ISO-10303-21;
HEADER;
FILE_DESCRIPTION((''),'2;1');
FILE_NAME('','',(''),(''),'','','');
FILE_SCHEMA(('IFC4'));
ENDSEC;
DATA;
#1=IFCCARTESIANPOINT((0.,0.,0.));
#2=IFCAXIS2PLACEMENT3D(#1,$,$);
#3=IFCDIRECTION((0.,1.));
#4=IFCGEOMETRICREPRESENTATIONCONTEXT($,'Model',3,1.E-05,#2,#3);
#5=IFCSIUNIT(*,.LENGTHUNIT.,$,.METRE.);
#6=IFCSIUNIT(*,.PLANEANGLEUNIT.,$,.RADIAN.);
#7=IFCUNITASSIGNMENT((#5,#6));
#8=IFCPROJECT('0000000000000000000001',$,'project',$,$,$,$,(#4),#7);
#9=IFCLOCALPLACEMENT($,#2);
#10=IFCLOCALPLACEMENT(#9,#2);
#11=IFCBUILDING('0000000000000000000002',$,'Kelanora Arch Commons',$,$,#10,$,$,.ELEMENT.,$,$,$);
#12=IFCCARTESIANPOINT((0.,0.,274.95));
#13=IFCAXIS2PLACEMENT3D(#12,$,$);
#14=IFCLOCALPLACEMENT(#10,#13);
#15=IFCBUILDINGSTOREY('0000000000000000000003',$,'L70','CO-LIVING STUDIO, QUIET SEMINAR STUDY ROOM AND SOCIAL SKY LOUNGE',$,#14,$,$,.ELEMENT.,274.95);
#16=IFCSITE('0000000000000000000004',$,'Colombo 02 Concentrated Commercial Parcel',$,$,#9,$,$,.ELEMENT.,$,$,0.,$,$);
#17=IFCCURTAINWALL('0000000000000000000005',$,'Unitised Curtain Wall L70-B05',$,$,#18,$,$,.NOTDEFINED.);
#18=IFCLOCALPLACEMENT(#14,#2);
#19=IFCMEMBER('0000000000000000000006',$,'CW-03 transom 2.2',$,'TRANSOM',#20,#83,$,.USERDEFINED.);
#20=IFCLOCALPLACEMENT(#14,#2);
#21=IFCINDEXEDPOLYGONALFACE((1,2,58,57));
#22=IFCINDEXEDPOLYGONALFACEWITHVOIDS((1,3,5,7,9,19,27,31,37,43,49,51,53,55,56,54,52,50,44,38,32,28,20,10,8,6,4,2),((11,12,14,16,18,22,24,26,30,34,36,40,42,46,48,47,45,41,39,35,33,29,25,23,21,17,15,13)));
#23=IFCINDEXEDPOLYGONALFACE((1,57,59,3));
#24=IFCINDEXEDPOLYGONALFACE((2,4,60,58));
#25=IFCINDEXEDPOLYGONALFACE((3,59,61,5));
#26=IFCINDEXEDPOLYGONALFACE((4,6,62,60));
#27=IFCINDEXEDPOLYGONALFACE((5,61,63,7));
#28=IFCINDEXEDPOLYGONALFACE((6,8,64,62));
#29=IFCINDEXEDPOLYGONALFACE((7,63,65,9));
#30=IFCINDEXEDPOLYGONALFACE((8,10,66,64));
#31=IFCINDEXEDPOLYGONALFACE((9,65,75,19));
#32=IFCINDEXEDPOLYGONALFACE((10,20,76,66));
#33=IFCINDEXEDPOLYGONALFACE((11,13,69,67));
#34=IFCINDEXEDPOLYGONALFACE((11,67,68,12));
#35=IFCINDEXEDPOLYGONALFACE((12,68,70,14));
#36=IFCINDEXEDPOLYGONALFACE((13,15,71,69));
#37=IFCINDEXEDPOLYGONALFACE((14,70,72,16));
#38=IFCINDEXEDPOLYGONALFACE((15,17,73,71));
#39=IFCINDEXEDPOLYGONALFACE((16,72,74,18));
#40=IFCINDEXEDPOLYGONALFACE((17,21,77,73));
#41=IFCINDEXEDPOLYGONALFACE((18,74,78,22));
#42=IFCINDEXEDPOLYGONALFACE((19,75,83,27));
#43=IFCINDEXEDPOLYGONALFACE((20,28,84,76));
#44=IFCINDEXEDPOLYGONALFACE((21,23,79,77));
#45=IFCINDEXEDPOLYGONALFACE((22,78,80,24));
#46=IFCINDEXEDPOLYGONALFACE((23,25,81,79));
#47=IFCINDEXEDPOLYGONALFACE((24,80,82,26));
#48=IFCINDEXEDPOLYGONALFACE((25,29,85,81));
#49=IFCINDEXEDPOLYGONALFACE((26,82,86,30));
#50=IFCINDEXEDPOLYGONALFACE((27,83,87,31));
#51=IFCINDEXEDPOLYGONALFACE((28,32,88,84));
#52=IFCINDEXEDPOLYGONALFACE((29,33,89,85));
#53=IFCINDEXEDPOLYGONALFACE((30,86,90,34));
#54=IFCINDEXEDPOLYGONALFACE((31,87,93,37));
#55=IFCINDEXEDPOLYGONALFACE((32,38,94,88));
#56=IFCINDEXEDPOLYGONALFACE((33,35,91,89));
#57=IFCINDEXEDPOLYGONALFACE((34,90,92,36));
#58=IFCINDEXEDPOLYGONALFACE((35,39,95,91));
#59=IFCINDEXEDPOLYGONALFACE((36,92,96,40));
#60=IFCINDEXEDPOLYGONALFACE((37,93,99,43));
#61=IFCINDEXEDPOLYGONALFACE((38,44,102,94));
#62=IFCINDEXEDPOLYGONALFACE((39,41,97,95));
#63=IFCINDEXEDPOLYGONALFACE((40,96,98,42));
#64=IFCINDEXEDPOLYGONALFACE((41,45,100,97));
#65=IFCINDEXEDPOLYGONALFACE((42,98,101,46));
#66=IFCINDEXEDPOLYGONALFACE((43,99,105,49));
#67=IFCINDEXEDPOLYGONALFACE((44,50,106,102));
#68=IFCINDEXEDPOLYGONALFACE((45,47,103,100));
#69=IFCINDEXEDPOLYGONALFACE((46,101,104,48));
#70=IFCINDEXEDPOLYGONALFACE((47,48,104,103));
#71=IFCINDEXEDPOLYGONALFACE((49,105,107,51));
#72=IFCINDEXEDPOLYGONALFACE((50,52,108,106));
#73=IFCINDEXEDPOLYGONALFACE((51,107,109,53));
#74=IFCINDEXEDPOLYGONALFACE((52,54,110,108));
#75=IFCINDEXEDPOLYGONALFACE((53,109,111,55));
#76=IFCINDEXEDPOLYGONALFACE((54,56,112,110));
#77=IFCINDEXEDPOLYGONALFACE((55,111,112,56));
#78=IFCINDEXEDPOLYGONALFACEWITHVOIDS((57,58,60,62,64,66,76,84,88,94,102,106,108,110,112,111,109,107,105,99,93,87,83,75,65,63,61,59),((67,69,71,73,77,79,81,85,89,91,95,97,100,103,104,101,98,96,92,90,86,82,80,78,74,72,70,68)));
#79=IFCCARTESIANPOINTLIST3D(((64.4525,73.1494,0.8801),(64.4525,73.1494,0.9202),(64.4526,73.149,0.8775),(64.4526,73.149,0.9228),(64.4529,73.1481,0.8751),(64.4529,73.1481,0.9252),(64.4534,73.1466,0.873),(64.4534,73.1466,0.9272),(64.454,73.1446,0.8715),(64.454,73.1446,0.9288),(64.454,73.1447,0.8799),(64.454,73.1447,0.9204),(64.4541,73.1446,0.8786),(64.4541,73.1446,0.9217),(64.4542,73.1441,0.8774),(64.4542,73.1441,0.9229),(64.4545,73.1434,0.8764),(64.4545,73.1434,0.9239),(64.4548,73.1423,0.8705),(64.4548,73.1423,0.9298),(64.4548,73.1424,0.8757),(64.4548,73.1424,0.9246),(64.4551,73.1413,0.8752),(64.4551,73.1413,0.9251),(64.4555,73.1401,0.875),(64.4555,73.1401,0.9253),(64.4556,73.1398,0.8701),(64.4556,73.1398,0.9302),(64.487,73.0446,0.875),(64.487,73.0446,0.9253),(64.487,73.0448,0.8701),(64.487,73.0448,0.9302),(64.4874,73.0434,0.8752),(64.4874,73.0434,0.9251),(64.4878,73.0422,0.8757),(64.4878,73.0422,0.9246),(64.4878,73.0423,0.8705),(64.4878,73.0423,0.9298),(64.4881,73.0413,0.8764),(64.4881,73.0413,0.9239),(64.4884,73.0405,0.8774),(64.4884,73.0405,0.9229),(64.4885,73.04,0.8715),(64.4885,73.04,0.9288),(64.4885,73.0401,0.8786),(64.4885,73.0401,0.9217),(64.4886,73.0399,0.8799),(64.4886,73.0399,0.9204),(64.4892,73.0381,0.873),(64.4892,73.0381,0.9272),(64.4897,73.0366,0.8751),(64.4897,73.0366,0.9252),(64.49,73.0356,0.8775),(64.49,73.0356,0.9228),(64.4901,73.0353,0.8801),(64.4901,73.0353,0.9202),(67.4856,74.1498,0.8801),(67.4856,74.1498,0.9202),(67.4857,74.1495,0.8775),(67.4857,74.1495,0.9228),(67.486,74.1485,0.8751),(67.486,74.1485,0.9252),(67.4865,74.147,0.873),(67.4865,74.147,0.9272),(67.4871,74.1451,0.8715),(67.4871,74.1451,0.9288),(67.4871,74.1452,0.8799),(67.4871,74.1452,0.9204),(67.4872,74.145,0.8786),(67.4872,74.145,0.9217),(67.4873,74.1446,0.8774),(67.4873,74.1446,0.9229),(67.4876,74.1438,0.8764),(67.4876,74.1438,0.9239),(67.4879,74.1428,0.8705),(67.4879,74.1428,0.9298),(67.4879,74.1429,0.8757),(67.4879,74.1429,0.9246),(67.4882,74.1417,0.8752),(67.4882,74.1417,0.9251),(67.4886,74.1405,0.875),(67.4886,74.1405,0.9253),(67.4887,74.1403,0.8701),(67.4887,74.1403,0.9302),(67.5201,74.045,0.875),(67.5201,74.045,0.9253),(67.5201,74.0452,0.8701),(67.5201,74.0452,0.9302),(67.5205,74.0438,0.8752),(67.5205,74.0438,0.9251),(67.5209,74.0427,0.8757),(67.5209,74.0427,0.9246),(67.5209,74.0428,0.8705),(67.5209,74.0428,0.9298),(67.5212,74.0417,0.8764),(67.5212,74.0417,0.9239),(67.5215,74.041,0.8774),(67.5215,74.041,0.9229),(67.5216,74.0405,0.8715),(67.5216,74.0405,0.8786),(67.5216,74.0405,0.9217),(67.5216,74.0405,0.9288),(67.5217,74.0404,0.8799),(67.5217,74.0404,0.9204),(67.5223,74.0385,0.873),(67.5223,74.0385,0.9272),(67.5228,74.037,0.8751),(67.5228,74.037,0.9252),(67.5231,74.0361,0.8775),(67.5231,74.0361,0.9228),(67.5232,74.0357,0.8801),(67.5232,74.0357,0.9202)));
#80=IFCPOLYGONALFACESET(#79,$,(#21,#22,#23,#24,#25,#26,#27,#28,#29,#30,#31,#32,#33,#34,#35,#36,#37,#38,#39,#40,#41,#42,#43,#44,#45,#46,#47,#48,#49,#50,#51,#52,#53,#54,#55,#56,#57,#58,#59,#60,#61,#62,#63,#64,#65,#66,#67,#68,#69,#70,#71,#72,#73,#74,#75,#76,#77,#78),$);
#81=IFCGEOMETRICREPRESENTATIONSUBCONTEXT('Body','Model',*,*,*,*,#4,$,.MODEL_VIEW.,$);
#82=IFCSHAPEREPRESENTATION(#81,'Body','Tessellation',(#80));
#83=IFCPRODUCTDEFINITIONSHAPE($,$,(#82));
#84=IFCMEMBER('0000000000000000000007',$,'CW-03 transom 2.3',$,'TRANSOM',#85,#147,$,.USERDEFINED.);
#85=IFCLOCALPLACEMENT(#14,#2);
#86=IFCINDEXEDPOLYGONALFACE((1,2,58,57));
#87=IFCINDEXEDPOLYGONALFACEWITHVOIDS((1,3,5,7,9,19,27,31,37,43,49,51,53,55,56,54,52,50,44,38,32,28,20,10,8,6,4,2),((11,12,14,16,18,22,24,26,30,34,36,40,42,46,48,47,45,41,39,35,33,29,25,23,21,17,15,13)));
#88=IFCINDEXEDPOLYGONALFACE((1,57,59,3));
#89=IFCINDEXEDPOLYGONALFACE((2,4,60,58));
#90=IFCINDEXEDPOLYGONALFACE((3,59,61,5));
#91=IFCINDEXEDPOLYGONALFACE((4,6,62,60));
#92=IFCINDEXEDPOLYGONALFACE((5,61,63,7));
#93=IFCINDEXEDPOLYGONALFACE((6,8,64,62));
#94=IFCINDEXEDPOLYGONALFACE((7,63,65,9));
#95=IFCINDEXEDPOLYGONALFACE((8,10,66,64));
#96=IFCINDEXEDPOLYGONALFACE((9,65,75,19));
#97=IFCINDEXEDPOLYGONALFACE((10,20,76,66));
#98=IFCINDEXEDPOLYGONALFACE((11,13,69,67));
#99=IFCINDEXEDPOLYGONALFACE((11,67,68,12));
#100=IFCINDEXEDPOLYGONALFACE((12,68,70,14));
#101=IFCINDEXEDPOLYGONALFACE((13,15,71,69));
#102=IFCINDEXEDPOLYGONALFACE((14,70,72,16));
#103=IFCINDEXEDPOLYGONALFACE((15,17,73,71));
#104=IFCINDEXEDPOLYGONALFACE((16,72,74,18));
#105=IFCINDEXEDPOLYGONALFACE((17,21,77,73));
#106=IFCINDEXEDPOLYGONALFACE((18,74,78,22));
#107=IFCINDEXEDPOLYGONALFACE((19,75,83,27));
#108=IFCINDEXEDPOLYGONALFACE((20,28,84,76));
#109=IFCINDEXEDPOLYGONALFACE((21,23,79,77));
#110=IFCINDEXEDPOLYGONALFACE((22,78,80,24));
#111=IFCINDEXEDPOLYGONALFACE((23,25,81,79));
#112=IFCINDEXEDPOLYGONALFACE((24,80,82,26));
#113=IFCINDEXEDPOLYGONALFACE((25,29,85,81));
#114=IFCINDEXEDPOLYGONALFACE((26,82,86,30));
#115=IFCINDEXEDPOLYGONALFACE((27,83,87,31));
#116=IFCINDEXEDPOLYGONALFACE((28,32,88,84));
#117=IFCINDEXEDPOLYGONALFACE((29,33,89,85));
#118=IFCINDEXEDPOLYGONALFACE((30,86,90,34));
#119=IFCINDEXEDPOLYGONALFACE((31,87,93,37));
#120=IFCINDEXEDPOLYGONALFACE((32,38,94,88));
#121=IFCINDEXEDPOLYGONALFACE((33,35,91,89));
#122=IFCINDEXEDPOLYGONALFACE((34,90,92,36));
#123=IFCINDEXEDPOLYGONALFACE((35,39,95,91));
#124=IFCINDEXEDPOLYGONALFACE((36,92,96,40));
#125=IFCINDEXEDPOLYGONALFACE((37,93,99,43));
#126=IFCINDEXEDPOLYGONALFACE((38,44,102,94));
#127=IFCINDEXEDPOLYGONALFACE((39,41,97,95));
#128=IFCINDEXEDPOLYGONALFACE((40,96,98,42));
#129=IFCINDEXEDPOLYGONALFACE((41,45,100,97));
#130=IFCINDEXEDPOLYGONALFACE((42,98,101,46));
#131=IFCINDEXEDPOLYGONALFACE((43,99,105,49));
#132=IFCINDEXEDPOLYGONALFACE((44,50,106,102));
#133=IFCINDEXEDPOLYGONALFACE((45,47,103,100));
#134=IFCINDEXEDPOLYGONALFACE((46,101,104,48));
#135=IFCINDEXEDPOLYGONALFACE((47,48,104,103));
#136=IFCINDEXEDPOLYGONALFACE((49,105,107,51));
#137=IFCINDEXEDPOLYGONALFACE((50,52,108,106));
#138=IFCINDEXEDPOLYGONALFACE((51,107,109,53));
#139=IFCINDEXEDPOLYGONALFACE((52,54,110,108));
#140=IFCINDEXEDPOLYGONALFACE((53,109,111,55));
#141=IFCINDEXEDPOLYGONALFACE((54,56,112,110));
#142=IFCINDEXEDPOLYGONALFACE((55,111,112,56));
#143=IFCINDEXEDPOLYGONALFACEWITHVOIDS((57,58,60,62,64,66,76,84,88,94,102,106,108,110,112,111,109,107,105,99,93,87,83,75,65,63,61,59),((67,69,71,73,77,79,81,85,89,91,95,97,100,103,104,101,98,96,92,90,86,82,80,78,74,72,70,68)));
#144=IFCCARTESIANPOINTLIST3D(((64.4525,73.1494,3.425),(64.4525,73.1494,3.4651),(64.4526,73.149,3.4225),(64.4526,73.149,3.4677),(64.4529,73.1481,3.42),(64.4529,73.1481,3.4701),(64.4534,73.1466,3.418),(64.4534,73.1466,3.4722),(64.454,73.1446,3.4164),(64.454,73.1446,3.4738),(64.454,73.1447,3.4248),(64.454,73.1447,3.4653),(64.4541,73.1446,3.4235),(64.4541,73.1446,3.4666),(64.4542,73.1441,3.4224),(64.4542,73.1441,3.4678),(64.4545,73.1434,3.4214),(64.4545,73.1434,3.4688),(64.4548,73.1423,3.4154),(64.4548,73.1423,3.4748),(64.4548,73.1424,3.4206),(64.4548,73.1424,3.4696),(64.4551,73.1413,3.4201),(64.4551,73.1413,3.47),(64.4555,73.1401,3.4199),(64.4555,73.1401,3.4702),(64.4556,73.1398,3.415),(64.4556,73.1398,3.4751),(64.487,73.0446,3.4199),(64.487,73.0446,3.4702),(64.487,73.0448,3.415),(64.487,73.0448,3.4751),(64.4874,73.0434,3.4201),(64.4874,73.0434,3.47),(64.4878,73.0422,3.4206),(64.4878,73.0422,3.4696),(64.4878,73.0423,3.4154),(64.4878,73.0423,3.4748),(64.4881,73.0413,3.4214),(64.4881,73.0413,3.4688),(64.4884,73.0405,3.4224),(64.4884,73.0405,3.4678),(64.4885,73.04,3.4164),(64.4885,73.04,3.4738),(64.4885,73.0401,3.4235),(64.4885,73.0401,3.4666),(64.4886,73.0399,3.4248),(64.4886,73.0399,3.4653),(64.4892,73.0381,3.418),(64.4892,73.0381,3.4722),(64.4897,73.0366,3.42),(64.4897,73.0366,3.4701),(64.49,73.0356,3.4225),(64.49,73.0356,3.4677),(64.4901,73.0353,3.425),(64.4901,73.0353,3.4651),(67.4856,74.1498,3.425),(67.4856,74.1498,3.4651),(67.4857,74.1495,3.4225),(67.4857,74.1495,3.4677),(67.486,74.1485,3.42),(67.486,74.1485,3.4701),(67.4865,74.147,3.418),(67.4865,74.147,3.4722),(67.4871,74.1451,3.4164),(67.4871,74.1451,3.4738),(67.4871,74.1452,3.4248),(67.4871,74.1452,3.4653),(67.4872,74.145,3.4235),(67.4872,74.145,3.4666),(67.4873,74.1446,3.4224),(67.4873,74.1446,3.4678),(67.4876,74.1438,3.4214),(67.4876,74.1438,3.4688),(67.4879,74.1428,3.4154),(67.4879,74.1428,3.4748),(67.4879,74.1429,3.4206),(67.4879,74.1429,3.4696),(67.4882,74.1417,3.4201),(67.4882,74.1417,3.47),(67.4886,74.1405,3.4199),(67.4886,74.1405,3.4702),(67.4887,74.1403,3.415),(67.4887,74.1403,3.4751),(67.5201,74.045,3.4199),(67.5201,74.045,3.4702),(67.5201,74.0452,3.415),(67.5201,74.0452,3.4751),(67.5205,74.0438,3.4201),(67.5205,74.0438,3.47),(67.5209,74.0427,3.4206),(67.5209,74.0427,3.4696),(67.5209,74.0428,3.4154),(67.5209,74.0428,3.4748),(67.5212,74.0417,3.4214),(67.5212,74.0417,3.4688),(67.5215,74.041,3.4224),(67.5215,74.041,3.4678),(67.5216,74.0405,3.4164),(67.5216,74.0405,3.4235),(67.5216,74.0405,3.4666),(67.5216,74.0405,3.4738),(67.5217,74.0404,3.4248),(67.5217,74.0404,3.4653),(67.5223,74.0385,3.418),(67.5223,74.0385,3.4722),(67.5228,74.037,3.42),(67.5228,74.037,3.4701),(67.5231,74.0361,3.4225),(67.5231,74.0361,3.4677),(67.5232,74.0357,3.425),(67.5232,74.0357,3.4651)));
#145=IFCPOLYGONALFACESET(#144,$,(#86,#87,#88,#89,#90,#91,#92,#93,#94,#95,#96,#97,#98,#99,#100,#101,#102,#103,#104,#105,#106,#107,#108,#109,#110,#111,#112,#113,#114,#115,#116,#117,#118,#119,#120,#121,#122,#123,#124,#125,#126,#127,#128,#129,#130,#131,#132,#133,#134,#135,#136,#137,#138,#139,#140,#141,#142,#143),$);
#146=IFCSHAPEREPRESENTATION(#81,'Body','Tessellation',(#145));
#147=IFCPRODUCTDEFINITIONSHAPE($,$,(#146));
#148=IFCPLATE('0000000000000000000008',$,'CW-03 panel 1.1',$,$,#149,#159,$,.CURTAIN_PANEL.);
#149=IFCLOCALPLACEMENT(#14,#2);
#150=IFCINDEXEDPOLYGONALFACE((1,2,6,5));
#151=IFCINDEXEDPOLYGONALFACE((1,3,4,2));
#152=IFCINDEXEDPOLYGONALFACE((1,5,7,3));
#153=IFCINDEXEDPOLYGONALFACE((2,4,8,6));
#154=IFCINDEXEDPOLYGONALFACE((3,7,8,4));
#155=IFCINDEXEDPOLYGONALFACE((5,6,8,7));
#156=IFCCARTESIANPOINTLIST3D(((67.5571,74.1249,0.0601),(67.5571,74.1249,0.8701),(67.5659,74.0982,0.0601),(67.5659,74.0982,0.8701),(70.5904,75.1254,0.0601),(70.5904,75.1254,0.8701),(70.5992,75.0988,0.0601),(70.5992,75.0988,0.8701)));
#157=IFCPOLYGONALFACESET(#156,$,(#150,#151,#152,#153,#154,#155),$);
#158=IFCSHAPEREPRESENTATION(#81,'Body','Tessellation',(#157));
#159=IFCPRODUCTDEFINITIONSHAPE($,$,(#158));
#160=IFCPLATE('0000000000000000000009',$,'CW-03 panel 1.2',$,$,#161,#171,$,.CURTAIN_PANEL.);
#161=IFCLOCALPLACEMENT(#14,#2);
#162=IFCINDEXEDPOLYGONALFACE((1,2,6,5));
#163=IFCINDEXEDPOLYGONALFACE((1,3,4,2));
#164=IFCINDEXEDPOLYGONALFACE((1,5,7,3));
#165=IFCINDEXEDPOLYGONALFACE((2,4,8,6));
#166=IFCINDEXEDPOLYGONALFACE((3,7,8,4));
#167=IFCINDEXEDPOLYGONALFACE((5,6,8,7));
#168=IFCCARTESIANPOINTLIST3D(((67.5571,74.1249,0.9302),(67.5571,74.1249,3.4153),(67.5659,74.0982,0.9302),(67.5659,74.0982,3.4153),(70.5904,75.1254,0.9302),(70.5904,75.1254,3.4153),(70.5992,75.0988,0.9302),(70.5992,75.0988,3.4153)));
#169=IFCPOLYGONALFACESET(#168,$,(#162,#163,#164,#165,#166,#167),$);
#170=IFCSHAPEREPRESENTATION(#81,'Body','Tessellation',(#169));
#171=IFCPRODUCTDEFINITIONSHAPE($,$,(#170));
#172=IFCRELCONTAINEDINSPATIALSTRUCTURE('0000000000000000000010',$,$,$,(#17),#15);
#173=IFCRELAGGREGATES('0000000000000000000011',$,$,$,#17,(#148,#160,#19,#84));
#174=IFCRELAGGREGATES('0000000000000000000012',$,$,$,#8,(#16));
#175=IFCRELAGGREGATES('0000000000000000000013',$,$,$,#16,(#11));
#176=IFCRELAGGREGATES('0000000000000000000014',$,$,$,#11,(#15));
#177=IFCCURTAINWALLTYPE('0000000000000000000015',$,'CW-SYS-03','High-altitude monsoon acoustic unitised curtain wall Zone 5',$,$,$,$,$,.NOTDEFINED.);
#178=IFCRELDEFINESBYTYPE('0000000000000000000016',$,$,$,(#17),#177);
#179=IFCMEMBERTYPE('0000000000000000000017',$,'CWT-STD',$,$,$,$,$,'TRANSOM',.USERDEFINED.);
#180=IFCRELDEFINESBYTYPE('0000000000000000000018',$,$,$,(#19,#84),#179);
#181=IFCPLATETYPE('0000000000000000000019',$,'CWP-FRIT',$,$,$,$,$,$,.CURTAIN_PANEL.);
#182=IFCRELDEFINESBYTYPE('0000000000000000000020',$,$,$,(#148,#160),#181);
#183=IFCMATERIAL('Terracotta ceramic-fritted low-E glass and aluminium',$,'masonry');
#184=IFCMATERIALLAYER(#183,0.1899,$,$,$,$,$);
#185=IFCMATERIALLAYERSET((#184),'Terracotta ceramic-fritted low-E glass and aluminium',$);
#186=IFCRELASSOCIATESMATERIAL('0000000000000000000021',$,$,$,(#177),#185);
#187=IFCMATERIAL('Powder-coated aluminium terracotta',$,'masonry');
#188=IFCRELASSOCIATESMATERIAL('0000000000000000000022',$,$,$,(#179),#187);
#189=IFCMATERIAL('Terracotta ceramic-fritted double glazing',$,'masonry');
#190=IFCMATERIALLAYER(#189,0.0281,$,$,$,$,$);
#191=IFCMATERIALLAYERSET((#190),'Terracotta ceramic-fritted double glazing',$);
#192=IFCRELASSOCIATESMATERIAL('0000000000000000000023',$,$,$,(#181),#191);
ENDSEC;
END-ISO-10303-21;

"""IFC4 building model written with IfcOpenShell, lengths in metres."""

from ifc_helpers import new_model, si_unit, direction, frame, origin, origin_2d, place, context, subcontext, project, spatial, rectangle, hollow_rectangle, extrude, source, transform, mapped, material, layer, layer_set, material_profile, profile_set, type_object, element, aggregate, save


model = new_model("IFC4")

# Units and contexts
model_context = context("Model", 3, precision=1e-05, world=origin(), true_north=direction((0.0, 1.0)))
body_context = subcontext(model_context, "Body", "Model", "MODEL_VIEW")
ifc_project = project(units=[si_unit("LENGTHUNIT", "METRE"), si_unit("PLANEANGLEUNIT", "RADIAN")], contexts=[model_context])

# Site, building, storey
site_placement = place(None, origin())
site = spatial("IfcSite", under=ifc_project, at=site_placement, Name="Colombo 02 Concentrated Commercial Parcel", CompositionType="ELEMENT", RefElevation=0.0)
building_placement = place(site_placement, origin())
building = spatial("IfcBuilding", under=site, at=building_placement, Name="Kelanora Arch Commons", CompositionType="ELEMENT")
storey_placement = place(building_placement, frame((0.0, 0.0, 274.95)))
storey = spatial("IfcBuildingStorey", under=building, at=storey_placement, Name="L70", Description="CO-LIVING STUDIO, QUIET SEMINAR STUDY ROOM AND SOCIAL SKY LOUNGE", CompositionType="ELEMENT", Elevation=274.95)

# Curtain wall, members, plates
ifc_material_1 = material(Name="Terracotta ceramic-fritted low-E glass and aluminium", Category="masonry")
ifc_layer_1 = layer(ifc_material_1, 0.1899)
ifc_layer_set_1 = layer_set([ifc_layer_1], Name="Terracotta ceramic-fritted low-E glass and aluminium")
curtain_wall_type = type_object("IfcCurtainWallType", Name="CW-SYS-03", Description="High-altitude monsoon acoustic unitised curtain wall Zone 5", PredefinedType="NOTDEFINED", material=ifc_layer_set_1)
curtain_wall_placement = place(storey_placement, origin())
curtain_wall = element("IfcCurtainWall", 1, at=curtain_wall_placement, inside=storey, type_object=curtain_wall_type, Name="Unitised Curtain Wall L70-B05", PredefinedType="NOTDEFINED")
ifc_material_2 = material(Name="Powder-coated aluminium terracotta", Category="masonry")
ifc_material_profile_1 = material_profile(ifc_material_2, hollow_rectangle(XDim=0.1201, YDim=0.0601, WallThickness=0.0049, InnerFilletRadius=0.0049, OuterFilletRadius=0.01, at=origin_2d()), Name="CWT120x60")
ifc_profile_set_1 = profile_set([ifc_material_profile_1], Name="Powder-coated aluminium terracotta")
member_type_1 = type_object("IfcMemberType", Name="CWT-STD", ElementType="TRANSOM", PredefinedType="USERDEFINED", material=ifc_profile_set_1)
member_1_placement = place(storey_placement, frame((67.5044, 74.0928, 0.9001), z_axis=(-0.949672, -0.313245, 0.0), x_axis=(0.313245, -0.949672, 0.0)))
member_1 = element("IfcMember", 2, at=member_1_placement, type_object=member_type_1, Name="CW-03 transom 2.2", ObjectType="TRANSOM", PredefinedType="USERDEFINED", context=body_context, shape_type="SweptSolid", body=[
    extrude(hollow_rectangle(XDim=0.1201, YDim=0.0601, WallThickness=0.0049, InnerFilletRadius=0.0049, OuterFilletRadius=0.01, at=origin_2d()), origin(), (0.0, 0.0, 1.0), 3.1938),
])
member_2_placement = place(storey_placement, frame((67.5044, 74.0928, 3.4451), z_axis=(-0.949672, -0.313245, 0.0), x_axis=(0.313245, -0.949672, 0.0)))
member_2 = element("IfcMember", 3, at=member_2_placement, type_object=member_type_1, Name="CW-03 transom 2.3", ObjectType="TRANSOM", PredefinedType="USERDEFINED", context=body_context, shape_type="SweptSolid", body=[
    extrude(hollow_rectangle(XDim=0.1201, YDim=0.0601, WallThickness=0.0049, InnerFilletRadius=0.0049, OuterFilletRadius=0.01, at=origin_2d()), origin(), (0.0, 0.0, 1.0), 3.1938),
])
ifc_material_3 = material(Name="Terracotta ceramic-fritted double glazing", Category="masonry")
ifc_layer_2 = layer(ifc_material_3, 0.0281)
ifc_layer_set_2 = layer_set([ifc_layer_2], Name="Terracotta ceramic-fritted double glazing")
plate_type = type_object("IfcPlateType", Name="CWP-FRIT", PredefinedType="CURTAIN_PANEL", material=ifc_layer_set_2)
shared_shape_1 = source(origin(), body_context, "Body", "SweptSolid", [
    extrude(rectangle(XDim=3.1941, YDim=0.0281, at=origin_2d()), origin(), (0.0, 0.0, 1.0), 0.8101),
])
plate_1_placement = place(storey_placement, frame((69.0781, 74.6118, 0.0601), z_axis=(0.0, 0.0, 1.0), x_axis=(-0.94967, -0.313253, 0.0)))
plate_1 = element("IfcPlate", 4, at=plate_1_placement, type_object=plate_type, Name="CW-03 panel 1.1", PredefinedType="CURTAIN_PANEL", context=body_context, shape_type="MappedRepresentation", body=[
    mapped(shared_shape_1, transform((0.0, 0.0, 0.0), scale=1.0)),
])
shared_shape_2 = source(origin(), body_context, "Body", "SweptSolid", [
    extrude(rectangle(XDim=3.1941, YDim=0.0281, at=origin_2d()), origin(), (0.0, 0.0, 1.0), 2.4851),
])
plate_2_placement = place(storey_placement, frame((69.0781, 74.6118, 0.9302), z_axis=(0.0, 0.0, 1.0), x_axis=(-0.94967, -0.313253, 0.0)))
plate_2 = element("IfcPlate", 5, at=plate_2_placement, type_object=plate_type, Name="CW-03 panel 1.2", PredefinedType="CURTAIN_PANEL", context=body_context, shape_type="MappedRepresentation", body=[
    mapped(shared_shape_2, transform((0.0, 0.0, 0.0), scale=1.0)),
])
aggregate(curtain_wall, [plate_1, plate_2, member_1, member_2])

save(model, "model.ifc")
